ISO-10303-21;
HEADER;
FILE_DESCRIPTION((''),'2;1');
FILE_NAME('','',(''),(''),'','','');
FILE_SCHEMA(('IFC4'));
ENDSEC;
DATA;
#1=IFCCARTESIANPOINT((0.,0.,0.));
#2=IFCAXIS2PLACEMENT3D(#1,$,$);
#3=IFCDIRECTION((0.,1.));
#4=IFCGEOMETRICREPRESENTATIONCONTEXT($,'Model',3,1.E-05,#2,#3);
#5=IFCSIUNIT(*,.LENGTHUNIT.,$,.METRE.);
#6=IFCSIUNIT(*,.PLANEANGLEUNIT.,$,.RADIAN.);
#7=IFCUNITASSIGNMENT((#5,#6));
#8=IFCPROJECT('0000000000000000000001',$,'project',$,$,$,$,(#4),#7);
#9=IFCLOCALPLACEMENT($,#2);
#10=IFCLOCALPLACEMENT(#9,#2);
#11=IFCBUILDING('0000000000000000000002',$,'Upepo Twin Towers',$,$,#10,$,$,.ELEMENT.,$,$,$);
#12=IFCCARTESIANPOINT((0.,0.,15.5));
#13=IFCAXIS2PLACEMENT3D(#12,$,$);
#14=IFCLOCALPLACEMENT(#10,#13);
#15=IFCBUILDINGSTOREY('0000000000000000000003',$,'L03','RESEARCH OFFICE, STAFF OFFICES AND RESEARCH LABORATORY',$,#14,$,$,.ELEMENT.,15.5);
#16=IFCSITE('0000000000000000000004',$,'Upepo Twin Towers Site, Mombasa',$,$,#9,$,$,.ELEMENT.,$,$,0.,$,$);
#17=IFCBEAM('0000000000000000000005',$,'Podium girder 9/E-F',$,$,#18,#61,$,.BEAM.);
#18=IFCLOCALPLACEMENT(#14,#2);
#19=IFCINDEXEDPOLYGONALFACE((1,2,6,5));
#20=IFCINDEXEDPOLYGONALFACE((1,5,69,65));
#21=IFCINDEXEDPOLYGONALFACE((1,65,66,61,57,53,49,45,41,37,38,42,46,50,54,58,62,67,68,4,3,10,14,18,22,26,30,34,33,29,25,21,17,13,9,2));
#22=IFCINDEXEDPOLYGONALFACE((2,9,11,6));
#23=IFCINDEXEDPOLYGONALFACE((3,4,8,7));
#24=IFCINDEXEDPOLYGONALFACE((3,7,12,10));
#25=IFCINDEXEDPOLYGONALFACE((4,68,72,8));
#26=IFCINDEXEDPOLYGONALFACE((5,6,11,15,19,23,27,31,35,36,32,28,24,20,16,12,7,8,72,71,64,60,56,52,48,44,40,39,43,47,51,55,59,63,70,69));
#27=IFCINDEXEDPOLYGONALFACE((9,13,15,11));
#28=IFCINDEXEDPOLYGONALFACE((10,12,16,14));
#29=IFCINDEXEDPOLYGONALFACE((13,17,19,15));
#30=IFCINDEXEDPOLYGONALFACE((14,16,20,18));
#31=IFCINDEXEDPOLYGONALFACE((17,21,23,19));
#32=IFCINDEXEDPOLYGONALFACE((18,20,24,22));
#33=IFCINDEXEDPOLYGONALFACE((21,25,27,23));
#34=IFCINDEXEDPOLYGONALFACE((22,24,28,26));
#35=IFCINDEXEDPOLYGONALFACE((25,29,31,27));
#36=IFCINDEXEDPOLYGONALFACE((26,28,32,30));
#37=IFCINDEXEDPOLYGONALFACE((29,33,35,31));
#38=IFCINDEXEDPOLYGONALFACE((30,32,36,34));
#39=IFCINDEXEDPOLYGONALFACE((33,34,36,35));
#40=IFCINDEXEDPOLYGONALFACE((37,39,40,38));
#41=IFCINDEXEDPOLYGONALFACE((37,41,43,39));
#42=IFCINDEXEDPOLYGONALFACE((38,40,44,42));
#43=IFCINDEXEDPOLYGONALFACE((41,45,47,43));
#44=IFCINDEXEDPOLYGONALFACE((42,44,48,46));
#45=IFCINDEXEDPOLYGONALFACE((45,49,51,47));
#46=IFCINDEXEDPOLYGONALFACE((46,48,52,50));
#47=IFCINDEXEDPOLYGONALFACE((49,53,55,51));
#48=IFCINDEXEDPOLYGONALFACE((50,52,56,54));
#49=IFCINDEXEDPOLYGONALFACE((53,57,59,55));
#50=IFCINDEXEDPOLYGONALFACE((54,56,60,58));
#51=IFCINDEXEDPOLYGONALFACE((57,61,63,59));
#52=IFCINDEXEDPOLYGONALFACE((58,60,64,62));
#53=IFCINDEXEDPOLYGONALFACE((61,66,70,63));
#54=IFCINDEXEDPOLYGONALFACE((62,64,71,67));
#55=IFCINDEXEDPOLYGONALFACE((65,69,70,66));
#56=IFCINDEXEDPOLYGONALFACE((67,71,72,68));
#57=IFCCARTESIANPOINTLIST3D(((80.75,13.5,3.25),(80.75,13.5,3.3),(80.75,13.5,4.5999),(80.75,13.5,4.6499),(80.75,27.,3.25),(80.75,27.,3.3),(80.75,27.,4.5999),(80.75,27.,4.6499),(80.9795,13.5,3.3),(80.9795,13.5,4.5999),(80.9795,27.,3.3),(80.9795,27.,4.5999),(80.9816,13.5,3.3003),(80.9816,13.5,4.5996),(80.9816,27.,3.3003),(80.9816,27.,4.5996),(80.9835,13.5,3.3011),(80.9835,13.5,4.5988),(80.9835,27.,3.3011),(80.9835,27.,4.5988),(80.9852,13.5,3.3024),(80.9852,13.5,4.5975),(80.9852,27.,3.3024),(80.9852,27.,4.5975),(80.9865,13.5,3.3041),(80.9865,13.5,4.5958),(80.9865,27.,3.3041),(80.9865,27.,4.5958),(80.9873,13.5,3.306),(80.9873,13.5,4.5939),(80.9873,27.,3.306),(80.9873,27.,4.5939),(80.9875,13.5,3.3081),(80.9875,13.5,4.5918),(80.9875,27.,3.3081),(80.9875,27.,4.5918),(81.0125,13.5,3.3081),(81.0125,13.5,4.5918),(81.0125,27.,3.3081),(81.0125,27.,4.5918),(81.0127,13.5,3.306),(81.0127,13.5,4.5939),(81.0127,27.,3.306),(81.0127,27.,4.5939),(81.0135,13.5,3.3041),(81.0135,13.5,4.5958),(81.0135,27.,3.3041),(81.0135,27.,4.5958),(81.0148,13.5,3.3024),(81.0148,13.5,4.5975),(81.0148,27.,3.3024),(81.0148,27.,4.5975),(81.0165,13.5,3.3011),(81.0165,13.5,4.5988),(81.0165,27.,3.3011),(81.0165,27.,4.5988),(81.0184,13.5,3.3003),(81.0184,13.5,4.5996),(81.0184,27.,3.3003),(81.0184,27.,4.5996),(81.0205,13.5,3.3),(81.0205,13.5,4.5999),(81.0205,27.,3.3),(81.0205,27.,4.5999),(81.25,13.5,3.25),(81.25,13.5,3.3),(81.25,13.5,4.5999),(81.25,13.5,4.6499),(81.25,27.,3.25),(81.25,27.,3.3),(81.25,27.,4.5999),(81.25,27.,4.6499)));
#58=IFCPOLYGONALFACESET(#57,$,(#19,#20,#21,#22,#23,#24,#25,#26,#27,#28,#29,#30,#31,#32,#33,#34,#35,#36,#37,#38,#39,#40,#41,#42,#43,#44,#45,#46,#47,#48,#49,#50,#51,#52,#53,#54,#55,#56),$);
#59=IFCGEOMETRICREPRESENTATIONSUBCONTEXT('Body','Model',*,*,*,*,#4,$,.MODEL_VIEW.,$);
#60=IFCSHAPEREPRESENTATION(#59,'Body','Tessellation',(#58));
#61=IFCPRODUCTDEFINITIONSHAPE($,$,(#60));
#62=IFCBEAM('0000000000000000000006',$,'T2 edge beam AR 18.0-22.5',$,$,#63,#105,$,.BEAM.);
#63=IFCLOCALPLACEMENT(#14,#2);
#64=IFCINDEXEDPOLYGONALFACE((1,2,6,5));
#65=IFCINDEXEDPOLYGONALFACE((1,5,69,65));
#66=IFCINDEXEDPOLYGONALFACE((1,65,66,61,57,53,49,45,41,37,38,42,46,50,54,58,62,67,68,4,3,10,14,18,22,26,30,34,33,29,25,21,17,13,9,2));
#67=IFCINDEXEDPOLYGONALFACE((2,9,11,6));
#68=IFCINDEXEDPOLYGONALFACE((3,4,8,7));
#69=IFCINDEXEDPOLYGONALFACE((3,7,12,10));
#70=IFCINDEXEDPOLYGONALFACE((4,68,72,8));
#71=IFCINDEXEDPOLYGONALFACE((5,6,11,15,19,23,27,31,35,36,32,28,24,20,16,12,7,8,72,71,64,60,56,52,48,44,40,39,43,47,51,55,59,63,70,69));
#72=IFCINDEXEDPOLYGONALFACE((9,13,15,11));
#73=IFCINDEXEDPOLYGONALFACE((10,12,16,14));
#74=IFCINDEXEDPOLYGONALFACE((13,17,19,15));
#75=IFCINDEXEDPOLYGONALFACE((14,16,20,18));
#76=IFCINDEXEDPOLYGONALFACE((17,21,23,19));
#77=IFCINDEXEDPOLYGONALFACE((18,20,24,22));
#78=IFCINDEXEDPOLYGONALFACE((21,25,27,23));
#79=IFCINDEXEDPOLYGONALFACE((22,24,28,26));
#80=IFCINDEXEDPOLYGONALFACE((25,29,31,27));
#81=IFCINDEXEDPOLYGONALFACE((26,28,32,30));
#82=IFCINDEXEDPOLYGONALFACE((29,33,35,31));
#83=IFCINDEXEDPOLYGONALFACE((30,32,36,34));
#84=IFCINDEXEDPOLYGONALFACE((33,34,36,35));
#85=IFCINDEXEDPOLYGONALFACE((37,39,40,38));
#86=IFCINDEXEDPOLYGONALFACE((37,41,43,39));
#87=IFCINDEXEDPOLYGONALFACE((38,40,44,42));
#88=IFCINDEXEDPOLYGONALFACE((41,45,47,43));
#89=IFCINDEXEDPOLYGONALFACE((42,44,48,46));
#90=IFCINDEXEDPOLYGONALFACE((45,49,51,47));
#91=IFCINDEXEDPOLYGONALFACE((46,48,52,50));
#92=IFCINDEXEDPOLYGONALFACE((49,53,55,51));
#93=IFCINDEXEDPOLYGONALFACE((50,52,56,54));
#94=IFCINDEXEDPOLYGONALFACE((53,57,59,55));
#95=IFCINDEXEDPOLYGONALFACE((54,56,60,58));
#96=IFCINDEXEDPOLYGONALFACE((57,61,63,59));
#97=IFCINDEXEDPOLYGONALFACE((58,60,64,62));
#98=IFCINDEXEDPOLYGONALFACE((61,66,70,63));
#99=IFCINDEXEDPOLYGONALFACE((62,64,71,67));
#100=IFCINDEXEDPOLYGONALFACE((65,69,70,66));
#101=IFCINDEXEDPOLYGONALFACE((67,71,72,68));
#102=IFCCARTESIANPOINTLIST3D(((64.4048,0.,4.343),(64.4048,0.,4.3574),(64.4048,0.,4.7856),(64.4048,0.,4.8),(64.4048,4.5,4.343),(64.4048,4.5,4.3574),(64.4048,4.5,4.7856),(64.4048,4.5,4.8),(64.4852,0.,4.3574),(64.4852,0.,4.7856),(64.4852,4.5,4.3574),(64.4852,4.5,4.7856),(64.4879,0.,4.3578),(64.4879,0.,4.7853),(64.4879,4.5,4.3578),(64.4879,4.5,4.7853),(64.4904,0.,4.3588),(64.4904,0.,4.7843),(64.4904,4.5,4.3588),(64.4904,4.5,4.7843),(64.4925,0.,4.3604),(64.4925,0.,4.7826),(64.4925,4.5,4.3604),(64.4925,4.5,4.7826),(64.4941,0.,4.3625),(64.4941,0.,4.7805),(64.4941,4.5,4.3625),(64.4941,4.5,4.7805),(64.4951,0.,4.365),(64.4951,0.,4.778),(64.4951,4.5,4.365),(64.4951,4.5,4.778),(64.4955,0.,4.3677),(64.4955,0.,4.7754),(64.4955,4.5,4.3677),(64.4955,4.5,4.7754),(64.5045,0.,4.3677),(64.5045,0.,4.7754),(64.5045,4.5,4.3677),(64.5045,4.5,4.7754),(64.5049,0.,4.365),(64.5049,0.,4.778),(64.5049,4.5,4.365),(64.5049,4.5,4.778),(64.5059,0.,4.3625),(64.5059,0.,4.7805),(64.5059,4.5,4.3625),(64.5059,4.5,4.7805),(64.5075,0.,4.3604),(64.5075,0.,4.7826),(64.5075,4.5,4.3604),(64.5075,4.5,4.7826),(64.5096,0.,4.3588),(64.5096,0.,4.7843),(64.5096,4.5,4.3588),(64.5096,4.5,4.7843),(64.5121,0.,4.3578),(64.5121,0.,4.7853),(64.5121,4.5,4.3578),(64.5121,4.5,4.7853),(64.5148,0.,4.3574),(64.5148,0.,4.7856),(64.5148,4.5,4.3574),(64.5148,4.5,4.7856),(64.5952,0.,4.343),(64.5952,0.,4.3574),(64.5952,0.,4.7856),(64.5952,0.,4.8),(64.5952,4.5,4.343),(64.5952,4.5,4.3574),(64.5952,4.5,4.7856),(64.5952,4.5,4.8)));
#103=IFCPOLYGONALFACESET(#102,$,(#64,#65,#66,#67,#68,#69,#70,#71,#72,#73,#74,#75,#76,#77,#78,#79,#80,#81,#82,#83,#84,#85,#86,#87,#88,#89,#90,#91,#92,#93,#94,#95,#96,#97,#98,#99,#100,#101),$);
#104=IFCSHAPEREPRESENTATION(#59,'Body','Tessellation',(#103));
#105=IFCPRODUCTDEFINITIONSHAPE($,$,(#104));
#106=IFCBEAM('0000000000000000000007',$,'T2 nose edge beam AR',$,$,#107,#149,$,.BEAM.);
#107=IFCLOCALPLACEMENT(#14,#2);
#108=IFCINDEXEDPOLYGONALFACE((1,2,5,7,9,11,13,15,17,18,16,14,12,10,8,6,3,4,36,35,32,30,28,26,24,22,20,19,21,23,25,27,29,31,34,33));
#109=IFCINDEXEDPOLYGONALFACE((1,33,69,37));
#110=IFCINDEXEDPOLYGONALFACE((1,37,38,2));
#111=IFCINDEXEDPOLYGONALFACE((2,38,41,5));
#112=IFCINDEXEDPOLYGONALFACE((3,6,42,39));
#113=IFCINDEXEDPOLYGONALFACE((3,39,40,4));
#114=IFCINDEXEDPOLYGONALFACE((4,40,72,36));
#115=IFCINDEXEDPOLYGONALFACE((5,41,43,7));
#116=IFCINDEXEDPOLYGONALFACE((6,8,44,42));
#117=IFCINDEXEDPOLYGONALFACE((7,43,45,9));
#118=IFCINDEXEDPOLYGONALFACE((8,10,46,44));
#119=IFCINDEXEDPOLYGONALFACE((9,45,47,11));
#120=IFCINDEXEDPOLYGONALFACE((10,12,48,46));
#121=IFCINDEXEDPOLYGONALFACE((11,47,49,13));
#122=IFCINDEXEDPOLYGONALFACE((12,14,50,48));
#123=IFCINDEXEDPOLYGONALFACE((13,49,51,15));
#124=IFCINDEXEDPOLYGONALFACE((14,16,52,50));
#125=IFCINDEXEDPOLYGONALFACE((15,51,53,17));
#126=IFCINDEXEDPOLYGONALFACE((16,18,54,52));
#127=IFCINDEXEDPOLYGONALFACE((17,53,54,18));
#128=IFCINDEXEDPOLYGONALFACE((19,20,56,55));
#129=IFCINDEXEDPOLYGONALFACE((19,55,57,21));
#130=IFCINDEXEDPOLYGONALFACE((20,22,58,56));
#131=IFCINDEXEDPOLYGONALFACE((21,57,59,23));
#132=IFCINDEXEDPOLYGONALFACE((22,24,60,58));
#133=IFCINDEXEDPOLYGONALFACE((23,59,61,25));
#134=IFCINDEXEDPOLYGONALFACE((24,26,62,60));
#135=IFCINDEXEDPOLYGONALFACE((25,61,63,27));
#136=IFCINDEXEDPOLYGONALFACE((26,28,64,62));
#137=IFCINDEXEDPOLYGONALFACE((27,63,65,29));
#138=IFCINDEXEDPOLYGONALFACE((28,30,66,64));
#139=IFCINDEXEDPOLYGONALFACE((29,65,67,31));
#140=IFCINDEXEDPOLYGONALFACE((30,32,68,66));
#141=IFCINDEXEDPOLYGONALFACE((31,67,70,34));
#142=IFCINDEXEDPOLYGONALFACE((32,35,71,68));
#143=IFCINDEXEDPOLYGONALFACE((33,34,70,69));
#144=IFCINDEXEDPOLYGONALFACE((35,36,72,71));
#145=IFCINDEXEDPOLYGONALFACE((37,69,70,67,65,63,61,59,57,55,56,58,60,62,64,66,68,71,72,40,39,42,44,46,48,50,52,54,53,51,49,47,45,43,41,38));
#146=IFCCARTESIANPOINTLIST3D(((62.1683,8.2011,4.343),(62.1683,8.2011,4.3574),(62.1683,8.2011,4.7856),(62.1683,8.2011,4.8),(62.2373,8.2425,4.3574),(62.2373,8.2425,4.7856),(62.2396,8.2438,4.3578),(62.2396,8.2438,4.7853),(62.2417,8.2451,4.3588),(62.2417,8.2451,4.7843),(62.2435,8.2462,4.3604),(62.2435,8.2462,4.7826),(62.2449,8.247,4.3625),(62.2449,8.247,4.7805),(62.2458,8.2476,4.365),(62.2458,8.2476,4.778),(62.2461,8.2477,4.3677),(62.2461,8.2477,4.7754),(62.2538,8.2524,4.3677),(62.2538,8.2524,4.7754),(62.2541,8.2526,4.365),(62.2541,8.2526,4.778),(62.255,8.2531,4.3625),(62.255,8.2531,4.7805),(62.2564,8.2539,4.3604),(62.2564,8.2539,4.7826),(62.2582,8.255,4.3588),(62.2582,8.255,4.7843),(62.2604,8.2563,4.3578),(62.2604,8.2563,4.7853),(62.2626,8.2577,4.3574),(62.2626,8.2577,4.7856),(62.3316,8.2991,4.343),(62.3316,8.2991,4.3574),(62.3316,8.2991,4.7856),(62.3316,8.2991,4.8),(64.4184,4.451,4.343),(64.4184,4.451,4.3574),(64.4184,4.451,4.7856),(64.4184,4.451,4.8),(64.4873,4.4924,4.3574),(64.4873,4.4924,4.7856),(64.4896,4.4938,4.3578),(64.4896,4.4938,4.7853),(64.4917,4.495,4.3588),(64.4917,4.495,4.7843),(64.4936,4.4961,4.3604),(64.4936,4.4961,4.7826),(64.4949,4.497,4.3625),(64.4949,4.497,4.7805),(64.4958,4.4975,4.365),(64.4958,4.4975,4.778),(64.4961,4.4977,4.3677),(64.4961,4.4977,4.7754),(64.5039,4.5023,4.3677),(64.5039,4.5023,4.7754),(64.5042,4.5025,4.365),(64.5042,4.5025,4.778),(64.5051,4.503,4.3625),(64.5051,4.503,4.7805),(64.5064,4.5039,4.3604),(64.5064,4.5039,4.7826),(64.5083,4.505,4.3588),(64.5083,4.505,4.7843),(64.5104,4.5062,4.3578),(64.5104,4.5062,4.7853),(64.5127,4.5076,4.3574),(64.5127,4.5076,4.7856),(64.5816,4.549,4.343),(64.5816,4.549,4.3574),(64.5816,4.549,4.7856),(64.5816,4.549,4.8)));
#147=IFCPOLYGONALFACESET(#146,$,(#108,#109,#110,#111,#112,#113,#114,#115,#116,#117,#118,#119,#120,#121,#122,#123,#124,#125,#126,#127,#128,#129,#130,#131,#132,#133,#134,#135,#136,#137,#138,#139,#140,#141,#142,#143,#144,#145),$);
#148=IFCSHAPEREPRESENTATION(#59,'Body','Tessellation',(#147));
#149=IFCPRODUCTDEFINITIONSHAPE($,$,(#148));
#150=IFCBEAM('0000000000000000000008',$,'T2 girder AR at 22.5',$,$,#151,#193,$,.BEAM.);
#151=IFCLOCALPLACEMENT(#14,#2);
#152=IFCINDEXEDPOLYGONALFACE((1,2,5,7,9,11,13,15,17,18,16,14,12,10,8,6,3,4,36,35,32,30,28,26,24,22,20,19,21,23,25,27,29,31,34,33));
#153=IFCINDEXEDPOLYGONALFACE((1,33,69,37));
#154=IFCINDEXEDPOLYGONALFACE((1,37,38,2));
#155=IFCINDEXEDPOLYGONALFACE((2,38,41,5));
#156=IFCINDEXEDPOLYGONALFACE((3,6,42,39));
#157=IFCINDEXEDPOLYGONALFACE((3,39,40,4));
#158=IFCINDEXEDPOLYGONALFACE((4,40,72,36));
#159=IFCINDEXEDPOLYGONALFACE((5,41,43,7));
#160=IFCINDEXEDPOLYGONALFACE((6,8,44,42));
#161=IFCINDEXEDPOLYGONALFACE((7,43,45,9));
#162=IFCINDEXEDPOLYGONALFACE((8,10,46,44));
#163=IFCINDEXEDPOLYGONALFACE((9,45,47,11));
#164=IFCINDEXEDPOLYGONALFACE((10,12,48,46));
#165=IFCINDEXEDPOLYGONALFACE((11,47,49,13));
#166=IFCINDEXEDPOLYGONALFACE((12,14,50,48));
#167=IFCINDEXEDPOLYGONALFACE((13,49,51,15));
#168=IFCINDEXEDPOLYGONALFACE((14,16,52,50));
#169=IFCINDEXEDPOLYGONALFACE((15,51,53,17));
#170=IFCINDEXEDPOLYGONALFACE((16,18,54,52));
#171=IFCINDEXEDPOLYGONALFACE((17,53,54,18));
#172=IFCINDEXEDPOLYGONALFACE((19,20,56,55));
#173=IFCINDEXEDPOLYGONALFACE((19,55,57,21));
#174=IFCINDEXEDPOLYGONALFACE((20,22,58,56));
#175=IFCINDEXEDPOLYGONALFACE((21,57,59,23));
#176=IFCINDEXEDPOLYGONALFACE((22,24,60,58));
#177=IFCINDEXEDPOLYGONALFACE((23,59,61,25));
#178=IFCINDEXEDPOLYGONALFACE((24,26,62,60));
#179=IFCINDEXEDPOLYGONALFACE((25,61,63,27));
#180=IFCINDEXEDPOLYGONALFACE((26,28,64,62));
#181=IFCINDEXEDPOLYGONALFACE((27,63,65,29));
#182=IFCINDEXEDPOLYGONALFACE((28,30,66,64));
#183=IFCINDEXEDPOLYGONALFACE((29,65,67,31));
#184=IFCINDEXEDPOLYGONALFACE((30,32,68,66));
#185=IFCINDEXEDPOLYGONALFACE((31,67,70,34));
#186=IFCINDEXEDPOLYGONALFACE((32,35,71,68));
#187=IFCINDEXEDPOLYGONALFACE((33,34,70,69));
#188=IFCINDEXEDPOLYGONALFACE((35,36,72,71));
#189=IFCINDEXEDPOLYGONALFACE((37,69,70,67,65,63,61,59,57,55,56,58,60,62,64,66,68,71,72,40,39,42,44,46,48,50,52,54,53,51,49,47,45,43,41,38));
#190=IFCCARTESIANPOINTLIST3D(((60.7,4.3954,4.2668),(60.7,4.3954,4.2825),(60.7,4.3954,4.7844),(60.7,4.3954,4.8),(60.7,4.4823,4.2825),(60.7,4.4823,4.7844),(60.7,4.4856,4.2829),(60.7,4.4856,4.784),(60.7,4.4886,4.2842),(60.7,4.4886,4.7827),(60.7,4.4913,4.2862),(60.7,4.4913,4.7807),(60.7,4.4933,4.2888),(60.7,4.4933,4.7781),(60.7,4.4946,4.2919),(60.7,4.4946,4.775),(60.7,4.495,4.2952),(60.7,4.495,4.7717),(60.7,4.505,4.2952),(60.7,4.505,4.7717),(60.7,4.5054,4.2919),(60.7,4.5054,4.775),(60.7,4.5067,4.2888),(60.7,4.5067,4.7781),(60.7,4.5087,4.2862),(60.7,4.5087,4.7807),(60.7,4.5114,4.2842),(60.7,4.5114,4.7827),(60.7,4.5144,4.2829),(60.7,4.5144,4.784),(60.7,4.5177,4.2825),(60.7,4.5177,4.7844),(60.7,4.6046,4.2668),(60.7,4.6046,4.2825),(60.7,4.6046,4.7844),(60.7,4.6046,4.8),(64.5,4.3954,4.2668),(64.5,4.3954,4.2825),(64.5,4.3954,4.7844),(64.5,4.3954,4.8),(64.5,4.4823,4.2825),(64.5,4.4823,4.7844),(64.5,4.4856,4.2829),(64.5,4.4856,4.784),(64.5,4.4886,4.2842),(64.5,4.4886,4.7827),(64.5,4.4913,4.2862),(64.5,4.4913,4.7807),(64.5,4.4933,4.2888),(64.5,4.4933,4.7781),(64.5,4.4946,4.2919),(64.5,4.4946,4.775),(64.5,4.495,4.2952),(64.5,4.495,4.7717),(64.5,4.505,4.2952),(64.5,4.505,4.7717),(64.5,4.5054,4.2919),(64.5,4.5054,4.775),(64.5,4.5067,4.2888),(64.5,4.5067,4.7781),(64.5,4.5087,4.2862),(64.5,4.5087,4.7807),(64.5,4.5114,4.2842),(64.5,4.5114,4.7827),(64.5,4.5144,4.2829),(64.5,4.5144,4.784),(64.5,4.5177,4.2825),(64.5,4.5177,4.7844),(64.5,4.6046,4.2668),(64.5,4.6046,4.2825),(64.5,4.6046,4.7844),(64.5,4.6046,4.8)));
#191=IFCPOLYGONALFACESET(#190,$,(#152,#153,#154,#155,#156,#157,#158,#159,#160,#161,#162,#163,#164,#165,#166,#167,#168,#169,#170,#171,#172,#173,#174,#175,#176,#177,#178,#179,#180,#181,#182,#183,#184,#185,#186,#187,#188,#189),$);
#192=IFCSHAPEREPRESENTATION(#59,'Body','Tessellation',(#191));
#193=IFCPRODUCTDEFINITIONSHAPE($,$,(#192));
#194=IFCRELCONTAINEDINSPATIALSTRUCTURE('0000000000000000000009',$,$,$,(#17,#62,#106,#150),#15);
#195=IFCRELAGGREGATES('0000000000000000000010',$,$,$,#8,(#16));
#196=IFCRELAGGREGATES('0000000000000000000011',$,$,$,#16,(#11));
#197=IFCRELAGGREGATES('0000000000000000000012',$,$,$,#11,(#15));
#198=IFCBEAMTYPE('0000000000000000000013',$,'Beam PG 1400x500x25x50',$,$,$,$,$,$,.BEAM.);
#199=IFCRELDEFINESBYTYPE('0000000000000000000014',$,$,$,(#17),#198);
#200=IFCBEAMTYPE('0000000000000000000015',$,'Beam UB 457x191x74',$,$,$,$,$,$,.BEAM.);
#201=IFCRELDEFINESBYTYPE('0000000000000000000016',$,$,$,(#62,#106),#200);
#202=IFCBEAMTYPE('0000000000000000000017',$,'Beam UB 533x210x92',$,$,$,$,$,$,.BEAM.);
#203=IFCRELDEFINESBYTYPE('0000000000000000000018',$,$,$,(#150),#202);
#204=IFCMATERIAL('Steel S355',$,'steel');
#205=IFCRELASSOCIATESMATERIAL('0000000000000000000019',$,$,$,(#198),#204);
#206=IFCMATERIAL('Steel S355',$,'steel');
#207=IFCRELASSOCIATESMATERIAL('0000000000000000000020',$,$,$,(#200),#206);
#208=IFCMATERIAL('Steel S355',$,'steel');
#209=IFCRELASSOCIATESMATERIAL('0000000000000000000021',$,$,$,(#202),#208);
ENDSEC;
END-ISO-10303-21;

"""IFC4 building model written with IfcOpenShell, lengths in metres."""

from ifc_helpers import new_model, si_unit, direction, frame, origin, origin_2d, place, context, subcontext, project, spatial, i_section, extrude, material, material_profile, profile_set, type_object, element, save


model = new_model("IFC4")

# Units and contexts
model_context = context("Model", 3, precision=1e-05, world=origin(), true_north=direction((0.0, 1.0)))
body_context = subcontext(model_context, "Body", "Model", "MODEL_VIEW")
ifc_project = project(units=[si_unit("LENGTHUNIT", "METRE"), si_unit("PLANEANGLEUNIT", "RADIAN")], contexts=[model_context])

# Site, building, storey
site_placement = place(None, origin())
site = spatial("IfcSite", under=ifc_project, at=site_placement, Name="Upepo Twin Towers Site, Mombasa", CompositionType="ELEMENT", RefElevation=0.0)
building_placement = place(site_placement, origin())
building = spatial("IfcBuilding", under=site, at=building_placement, Name="Upepo Twin Towers", CompositionType="ELEMENT")
storey_placement = place(building_placement, frame((0.0, 0.0, 15.5)))
storey = spatial("IfcBuildingStorey", under=building, at=storey_placement, Name="L03", Description="RESEARCH OFFICE, STAFF OFFICES AND RESEARCH LABORATORY", CompositionType="ELEMENT", Elevation=15.5)

# Beams
ifc_material_1 = material(Name="Steel S355", Category="steel")
ifc_material_profile_1 = material_profile(ifc_material_1, i_section(OverallWidth=0.5, OverallDepth=1.3999, WebThickness=0.0249, FlangeThickness=0.05, FilletRadius=0.0081, at=origin_2d()), Name="PG 1400x500x25x50")
ifc_profile_set_1 = profile_set([ifc_material_profile_1], Name="Steel S355")
beam_type_1 = type_object("IfcBeamType", Name="Beam PG 1400x500x25x50", PredefinedType="BEAM", material=ifc_profile_set_1)
for number, where, z_axis, x_axis, name in (
    (1, (81.0, 13.5, 3.95), (0.0, 1.0, 0.0), (-1.0, 0.0, 0.0), "Podium girder 9/E-F"),
):
    element("IfcBeam", number, at=place(storey_placement, frame(where, z_axis=z_axis, x_axis=x_axis)), inside=storey, type_object=beam_type_1, Name=name, PredefinedType="BEAM", context=body_context, shape_type="SweptSolid", body=[
        extrude(i_section(OverallWidth=0.5, OverallDepth=1.3999, WebThickness=0.0249, FlangeThickness=0.05, FilletRadius=0.0081, at=origin_2d()), origin(), (0.0, 0.0, 1.0), 13.5),
    ])
ifc_material_2 = material(Name="Steel S355", Category="steel")
ifc_material_profile_2 = material_profile(ifc_material_2, i_section(OverallWidth=0.1904, OverallDepth=0.457, WebThickness=0.009, FlangeThickness=0.0144, FilletRadius=0.0103, at=origin_2d()), Name="UB 457x191x74")
ifc_profile_set_2 = profile_set([ifc_material_profile_2], Name="Steel S355")
beam_type_2 = type_object("IfcBeamType", Name="Beam UB 457x191x74", PredefinedType="BEAM", material=ifc_profile_set_2)
beam_1_placement = place(storey_placement, frame((64.5, 0.0, 4.5715), z_axis=(0.0, 1.0, 0.0), x_axis=(-1.0, 0.0, 0.0)))
element("IfcBeam", 2, at=beam_1_placement, inside=storey, type_object=beam_type_2, Name="T2 edge beam AR 18.0-22.5", PredefinedType="BEAM", context=body_context, shape_type="SweptSolid", body=[
    extrude(i_section(OverallWidth=0.1904, OverallDepth=0.457, WebThickness=0.009, FlangeThickness=0.0144, FilletRadius=0.0103, at=origin_2d()), origin(), (0.0, 0.0, 1.0), 4.5),
])
beam_2_placement = place(storey_placement, frame((64.5, 4.5, 4.5715), z_axis=(-0.514496, 0.857493, 0.0), x_axis=(-0.857493, -0.514496, 0.0)))
element("IfcBeam", 3, at=beam_2_placement, inside=storey, type_object=beam_type_2, Name="T2 nose edge beam AR", PredefinedType="BEAM", context=body_context, shape_type="SweptSolid", body=[
    extrude(i_section(OverallWidth=0.1904, OverallDepth=0.457, WebThickness=0.009, FlangeThickness=0.0144, FilletRadius=0.0103, at=origin_2d()), origin(), (0.0, 0.0, 1.0), 4.3733),
])
ifc_material_3 = material(Name="Steel S355", Category="steel")
ifc_material_profile_3 = material_profile(ifc_material_3, i_section(OverallWidth=0.2092, OverallDepth=0.5332, WebThickness=0.01, FlangeThickness=0.0156, FilletRadius=0.0127, at=origin_2d()), Name="UB 533x210x92")
ifc_profile_set_3 = profile_set([ifc_material_profile_3], Name="Steel S355")
beam_type_3 = type_object("IfcBeamType", Name="Beam UB 533x210x92", PredefinedType="BEAM", material=ifc_profile_set_3)
beam_3_placement = place(storey_placement, frame((64.5, 4.5, 4.5334), z_axis=(-1.0, 0.0, 0.0), x_axis=(0.0, -1.0, 0.0)))
element("IfcBeam", 4, at=beam_3_placement, inside=storey, type_object=beam_type_3, Name="T2 girder AR at 22.5", PredefinedType="BEAM", context=body_context, shape_type="SweptSolid", body=[
    extrude(i_section(OverallWidth=0.2092, OverallDepth=0.5332, WebThickness=0.01, FlangeThickness=0.0156, FilletRadius=0.0127, at=origin_2d()), origin(), (0.0, 0.0, 1.0), 3.8),
])

save(model, "model.ifc")
